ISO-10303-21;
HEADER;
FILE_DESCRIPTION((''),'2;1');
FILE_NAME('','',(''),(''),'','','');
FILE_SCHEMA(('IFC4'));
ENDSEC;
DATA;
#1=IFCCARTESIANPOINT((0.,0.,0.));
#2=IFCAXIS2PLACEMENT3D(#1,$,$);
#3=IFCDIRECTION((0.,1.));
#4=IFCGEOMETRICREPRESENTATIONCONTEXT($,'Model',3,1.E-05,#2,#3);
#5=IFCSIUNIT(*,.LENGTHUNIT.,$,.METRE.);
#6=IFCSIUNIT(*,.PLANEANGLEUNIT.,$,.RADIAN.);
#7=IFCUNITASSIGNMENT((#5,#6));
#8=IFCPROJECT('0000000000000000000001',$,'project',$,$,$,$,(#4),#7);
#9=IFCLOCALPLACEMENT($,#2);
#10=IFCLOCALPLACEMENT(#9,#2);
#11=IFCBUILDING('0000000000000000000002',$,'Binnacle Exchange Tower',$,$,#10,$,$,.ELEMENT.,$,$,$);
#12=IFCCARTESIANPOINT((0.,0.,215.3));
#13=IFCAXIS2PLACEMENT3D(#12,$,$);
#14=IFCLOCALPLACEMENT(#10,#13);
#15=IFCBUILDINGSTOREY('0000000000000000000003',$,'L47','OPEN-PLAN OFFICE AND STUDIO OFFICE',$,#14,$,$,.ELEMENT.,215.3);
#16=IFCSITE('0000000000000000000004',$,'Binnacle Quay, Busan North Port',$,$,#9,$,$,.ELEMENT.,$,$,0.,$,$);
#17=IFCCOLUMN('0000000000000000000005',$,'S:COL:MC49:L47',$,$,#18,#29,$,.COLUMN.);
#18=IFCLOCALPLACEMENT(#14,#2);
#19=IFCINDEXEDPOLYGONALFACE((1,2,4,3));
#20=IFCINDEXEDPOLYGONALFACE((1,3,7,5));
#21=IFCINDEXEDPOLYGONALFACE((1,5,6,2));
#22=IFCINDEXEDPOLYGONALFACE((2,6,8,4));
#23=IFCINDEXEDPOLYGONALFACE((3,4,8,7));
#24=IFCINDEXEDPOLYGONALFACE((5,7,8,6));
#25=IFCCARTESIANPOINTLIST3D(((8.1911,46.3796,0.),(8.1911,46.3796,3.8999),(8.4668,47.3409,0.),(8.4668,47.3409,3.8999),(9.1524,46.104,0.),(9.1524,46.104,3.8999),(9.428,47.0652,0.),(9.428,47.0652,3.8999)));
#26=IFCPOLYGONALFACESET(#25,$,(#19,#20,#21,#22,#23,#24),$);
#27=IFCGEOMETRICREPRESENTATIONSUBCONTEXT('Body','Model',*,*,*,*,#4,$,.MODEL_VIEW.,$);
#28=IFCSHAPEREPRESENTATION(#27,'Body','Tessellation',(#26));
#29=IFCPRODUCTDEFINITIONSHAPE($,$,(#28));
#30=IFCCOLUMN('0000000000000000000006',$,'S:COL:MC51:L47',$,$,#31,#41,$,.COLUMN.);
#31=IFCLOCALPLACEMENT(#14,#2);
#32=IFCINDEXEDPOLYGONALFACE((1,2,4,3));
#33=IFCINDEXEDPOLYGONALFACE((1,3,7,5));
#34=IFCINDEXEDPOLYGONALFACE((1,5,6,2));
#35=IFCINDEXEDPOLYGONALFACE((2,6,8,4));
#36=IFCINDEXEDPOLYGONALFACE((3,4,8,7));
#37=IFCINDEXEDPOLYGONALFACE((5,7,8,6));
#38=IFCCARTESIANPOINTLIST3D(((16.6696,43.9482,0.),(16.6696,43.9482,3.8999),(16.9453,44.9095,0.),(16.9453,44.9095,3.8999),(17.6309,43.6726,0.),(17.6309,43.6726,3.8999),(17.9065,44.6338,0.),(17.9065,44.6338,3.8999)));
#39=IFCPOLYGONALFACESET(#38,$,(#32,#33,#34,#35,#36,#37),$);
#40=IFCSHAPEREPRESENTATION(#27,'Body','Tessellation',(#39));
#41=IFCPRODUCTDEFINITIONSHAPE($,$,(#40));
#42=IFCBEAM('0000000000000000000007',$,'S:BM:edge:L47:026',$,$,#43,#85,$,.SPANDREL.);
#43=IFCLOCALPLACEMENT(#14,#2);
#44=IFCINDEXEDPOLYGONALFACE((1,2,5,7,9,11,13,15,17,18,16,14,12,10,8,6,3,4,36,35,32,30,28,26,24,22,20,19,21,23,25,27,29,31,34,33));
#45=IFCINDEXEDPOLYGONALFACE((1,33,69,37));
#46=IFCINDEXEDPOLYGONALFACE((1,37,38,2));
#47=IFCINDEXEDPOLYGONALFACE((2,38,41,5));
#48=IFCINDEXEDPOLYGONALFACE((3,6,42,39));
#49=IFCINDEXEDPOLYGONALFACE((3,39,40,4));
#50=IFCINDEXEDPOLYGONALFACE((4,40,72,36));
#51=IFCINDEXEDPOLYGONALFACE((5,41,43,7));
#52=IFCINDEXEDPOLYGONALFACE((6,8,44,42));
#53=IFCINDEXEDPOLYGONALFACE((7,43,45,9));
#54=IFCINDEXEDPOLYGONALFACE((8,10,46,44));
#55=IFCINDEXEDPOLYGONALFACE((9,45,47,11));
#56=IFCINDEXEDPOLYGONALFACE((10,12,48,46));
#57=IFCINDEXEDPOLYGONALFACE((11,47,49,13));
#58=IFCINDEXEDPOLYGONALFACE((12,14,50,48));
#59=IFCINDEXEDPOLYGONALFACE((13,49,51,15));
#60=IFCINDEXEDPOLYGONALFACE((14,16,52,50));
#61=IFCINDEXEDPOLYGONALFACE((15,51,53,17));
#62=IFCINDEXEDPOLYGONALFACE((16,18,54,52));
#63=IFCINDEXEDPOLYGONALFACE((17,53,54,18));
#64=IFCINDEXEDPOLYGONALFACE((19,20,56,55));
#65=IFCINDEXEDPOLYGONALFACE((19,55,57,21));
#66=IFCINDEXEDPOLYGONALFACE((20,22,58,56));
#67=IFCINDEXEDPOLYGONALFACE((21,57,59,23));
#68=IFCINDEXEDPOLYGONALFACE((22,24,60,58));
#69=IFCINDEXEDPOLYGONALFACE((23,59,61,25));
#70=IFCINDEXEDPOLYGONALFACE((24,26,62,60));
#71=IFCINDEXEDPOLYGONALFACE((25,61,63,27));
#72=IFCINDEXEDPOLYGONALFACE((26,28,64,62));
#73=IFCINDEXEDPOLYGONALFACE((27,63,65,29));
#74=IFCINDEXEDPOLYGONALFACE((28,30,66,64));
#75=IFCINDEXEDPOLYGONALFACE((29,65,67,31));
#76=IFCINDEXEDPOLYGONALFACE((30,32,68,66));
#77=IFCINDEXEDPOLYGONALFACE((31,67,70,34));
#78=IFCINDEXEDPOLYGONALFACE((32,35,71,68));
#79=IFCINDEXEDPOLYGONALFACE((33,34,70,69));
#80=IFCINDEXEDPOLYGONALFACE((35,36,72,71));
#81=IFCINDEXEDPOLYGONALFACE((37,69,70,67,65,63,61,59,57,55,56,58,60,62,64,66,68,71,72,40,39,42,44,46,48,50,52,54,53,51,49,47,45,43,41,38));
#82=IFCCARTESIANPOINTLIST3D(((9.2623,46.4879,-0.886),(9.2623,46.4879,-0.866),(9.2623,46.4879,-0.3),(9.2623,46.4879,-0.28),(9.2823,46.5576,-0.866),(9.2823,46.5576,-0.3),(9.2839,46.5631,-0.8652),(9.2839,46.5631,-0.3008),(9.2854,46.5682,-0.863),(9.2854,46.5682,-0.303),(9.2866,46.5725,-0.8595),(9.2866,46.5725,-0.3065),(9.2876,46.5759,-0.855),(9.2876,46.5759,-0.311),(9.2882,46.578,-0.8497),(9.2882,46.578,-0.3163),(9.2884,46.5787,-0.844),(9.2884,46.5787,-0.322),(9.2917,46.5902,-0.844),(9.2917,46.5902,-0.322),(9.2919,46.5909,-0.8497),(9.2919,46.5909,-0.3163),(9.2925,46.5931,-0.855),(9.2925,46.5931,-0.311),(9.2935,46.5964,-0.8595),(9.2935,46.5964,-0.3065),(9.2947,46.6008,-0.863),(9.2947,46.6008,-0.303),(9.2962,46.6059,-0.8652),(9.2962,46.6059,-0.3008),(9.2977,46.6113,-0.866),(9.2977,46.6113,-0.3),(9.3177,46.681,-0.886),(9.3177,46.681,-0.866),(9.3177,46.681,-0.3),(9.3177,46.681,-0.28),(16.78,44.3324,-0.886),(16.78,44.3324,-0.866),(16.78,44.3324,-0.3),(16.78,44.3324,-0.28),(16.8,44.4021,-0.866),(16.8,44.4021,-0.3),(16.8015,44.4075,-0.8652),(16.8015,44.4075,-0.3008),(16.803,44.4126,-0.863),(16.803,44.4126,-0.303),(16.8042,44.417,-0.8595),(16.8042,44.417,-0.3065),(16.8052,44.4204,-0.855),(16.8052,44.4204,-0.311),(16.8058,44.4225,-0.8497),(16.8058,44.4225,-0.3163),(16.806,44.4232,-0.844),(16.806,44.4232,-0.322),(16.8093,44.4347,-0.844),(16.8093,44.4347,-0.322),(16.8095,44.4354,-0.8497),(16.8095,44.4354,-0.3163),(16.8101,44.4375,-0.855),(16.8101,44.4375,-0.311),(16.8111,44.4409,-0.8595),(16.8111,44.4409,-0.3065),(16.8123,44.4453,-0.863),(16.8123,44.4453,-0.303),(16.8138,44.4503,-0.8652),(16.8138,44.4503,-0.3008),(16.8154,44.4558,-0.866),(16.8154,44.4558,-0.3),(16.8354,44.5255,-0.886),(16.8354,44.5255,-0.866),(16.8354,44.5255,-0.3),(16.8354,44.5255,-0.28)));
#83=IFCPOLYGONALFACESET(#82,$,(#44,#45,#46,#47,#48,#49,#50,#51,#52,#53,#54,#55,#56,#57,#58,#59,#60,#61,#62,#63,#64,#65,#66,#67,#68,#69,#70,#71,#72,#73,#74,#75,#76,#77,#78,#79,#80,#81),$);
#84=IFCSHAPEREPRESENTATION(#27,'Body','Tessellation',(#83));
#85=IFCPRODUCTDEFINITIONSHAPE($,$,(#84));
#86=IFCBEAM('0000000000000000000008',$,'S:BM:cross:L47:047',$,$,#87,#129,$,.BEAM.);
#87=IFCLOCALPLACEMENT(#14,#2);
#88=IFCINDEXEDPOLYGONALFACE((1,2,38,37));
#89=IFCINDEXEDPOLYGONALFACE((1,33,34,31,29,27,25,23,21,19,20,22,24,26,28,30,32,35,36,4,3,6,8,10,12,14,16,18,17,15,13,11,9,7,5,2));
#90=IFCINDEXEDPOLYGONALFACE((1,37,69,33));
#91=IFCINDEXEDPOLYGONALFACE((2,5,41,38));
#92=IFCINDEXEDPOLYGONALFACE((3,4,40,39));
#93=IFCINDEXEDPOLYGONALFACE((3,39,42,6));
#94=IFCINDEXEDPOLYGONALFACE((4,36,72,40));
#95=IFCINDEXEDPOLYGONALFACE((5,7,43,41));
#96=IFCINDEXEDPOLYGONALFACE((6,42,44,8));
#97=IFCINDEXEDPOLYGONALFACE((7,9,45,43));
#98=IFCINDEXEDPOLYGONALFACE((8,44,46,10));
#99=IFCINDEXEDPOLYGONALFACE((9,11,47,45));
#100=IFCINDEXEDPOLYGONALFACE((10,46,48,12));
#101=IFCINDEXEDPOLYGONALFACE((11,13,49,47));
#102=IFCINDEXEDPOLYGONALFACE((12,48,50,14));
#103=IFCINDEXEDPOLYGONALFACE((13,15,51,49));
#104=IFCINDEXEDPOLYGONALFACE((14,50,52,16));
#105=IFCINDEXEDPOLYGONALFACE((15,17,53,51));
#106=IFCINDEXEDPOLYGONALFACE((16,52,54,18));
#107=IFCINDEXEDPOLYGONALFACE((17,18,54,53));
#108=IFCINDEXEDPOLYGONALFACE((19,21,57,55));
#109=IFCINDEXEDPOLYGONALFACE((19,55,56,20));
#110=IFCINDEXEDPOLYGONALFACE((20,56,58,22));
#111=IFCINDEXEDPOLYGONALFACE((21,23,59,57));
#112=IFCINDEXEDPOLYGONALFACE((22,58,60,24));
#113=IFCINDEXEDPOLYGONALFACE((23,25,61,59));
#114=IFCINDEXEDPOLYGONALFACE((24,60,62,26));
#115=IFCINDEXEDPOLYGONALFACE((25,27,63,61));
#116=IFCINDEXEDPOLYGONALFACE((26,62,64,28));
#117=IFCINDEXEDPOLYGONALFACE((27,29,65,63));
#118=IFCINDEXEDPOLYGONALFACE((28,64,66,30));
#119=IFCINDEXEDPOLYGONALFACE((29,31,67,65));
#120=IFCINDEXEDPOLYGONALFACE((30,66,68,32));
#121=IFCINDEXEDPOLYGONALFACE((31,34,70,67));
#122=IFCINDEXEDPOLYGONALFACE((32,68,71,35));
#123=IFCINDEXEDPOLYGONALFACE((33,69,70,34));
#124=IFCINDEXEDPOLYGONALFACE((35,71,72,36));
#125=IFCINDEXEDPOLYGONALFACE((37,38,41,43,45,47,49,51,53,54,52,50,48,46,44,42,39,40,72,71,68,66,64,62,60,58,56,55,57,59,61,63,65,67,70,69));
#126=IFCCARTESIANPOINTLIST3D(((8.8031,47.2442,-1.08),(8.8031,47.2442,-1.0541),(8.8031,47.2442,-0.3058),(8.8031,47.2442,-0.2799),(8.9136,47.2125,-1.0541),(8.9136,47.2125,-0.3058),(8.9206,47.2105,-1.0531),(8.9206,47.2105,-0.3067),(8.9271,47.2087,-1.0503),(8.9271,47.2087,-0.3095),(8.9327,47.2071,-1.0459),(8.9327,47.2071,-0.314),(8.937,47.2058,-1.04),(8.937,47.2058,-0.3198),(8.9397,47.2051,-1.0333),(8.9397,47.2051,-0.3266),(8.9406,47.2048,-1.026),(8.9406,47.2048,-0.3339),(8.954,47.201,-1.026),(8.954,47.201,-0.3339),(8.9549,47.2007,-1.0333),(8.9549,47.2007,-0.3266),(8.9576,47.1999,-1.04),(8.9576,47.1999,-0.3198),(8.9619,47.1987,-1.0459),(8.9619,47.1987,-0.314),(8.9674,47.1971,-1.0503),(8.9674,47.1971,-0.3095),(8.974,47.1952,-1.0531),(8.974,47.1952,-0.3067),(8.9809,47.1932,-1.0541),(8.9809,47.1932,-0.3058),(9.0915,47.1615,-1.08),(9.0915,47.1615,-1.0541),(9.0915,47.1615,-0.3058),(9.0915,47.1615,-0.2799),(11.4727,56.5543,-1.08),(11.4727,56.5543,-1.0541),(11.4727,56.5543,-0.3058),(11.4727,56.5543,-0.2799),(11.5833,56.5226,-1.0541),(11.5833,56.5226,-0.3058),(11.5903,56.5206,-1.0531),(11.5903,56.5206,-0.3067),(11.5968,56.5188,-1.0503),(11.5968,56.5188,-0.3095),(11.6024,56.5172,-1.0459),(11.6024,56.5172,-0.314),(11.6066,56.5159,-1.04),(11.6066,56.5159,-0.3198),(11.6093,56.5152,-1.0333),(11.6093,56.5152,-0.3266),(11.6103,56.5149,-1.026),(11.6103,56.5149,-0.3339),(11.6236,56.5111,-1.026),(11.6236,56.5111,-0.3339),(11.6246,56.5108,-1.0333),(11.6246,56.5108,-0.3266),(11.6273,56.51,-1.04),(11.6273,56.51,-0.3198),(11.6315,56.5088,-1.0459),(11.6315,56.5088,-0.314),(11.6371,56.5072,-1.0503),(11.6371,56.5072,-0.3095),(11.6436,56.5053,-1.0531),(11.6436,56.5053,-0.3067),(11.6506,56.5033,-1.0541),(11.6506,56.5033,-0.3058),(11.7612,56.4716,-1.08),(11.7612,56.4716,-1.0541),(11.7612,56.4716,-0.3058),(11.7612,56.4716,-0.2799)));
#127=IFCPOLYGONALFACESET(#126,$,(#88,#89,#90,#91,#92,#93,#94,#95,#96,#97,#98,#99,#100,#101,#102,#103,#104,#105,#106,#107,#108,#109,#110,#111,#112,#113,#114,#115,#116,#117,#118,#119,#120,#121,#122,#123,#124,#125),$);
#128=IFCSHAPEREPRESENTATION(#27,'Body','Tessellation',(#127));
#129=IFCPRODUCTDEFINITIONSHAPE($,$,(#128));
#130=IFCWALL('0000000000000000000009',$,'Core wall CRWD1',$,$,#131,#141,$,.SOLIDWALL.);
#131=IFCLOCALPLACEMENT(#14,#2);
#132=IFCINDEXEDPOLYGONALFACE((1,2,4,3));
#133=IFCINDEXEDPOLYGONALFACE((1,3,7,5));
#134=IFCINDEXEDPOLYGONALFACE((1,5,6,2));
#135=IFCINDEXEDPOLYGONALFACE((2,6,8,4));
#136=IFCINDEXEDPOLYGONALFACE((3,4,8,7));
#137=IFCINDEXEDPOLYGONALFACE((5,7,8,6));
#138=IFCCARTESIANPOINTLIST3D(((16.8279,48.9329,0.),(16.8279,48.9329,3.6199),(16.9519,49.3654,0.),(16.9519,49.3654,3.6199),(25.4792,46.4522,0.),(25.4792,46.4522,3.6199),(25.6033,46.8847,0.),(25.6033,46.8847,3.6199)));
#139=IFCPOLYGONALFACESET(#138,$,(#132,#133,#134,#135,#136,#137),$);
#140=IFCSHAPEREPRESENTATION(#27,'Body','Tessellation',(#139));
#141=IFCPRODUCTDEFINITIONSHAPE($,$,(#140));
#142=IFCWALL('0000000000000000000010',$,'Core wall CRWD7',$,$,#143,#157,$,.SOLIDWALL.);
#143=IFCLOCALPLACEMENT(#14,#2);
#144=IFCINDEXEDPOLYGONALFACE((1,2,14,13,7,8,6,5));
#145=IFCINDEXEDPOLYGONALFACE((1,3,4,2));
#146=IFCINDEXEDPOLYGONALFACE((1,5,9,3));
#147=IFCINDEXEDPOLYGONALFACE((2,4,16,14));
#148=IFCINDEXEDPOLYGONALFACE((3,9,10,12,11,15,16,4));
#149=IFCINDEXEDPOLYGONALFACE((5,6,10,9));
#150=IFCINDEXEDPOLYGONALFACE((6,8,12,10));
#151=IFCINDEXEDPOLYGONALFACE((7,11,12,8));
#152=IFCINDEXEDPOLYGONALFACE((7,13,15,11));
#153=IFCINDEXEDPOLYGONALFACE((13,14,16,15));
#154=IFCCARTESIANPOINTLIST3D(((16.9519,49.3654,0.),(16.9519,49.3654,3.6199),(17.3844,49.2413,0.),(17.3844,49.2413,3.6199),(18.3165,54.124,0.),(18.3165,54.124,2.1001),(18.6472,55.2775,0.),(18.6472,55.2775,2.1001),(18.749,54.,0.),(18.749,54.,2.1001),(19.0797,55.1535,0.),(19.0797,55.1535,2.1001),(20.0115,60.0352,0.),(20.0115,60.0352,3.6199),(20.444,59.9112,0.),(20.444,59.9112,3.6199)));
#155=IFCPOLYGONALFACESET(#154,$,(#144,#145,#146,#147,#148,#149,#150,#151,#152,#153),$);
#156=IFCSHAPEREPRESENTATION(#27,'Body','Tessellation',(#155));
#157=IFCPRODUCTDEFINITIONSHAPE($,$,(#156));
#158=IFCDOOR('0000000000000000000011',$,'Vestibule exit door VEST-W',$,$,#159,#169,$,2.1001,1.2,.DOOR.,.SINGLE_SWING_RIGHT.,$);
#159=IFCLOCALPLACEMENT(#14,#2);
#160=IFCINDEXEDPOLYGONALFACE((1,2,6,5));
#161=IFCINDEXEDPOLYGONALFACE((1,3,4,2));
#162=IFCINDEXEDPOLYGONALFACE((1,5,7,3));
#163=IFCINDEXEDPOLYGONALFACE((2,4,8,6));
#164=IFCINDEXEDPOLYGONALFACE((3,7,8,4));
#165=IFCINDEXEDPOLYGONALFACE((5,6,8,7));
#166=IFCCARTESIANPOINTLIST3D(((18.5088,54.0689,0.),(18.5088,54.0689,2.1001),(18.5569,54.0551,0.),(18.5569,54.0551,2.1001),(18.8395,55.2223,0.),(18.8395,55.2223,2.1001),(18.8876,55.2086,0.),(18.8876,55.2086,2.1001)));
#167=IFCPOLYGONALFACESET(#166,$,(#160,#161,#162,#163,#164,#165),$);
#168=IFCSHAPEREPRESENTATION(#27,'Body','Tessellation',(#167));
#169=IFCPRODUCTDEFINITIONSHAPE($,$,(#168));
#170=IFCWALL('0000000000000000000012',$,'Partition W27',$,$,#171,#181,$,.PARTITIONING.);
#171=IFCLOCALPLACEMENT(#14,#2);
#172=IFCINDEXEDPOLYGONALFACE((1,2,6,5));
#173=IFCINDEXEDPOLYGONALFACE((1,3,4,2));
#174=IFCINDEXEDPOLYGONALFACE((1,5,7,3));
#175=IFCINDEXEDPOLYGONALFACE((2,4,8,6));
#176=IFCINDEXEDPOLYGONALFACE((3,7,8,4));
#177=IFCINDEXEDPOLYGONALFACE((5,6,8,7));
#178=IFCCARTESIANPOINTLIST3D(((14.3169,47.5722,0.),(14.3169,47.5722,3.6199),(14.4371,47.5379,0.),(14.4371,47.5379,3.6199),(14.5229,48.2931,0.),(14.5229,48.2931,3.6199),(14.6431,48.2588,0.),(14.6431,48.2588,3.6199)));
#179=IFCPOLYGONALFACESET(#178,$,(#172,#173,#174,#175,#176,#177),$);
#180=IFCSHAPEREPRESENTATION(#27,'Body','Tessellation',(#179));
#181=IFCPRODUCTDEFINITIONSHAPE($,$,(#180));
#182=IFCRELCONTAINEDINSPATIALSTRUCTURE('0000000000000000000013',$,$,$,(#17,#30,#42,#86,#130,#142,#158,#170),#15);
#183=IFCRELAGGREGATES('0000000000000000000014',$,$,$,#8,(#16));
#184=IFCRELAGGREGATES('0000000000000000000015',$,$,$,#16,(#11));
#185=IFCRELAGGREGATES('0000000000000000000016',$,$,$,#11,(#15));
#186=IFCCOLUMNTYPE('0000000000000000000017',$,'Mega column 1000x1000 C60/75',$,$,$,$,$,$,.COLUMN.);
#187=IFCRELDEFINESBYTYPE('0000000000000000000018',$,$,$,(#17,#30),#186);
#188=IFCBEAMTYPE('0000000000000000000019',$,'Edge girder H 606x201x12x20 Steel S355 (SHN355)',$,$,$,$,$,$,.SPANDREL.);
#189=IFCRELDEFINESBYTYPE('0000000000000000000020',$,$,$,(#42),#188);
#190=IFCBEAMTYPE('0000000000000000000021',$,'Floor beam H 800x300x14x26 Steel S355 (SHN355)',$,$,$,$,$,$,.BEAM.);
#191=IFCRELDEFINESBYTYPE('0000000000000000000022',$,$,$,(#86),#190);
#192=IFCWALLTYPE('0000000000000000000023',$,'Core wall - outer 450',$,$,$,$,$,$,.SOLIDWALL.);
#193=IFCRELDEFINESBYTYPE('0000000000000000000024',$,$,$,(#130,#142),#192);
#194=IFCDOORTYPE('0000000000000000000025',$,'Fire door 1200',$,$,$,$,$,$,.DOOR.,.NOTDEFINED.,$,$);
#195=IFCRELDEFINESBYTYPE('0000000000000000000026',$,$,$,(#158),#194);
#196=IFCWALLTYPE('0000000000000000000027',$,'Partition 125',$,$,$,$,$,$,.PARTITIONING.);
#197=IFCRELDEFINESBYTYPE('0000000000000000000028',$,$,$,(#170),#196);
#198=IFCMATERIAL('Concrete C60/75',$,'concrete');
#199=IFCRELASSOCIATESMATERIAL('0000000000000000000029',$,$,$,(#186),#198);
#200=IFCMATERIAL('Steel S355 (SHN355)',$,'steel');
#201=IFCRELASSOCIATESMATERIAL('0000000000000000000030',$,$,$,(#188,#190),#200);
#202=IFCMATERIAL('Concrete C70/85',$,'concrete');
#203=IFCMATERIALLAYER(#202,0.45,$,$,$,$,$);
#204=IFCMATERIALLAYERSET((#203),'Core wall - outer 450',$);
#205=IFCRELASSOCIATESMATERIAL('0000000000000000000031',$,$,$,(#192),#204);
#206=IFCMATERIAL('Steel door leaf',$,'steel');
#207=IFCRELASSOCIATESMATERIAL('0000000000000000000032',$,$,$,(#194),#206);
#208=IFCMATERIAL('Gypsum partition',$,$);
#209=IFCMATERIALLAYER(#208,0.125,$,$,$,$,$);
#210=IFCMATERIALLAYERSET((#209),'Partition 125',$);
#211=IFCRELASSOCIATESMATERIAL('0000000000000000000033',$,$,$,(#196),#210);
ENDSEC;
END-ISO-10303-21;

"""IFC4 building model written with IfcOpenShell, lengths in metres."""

from ifc_helpers import new_model, si_unit, direction, frame, frame_2d, origin, origin_2d, place, context, subcontext, project, spatial, rectangle, i_section, extrude, material, layer, layer_set, material_profile, profile_set, type_object, element, fill, save


model = new_model("IFC4")

# Units and contexts
model_context = context("Model", 3, precision=1e-05, world=origin(), true_north=direction((0.0, 1.0)))
body_context = subcontext(model_context, "Body", "Model", "MODEL_VIEW")
ifc_project = project(units=[si_unit("LENGTHUNIT", "METRE"), si_unit("PLANEANGLEUNIT", "RADIAN")], contexts=[model_context])

# Site, building, storey
site_placement = place(None, origin())
site = spatial("IfcSite", under=ifc_project, at=site_placement, Name="Binnacle Quay, Busan North Port", CompositionType="ELEMENT", RefElevation=0.0)
building_placement = place(site_placement, origin())
building = spatial("IfcBuilding", under=site, at=building_placement, Name="Binnacle Exchange Tower", CompositionType="ELEMENT")
storey_placement = place(building_placement, frame((0.0, 0.0, 215.3)))
storey = spatial("IfcBuildingStorey", under=building, at=storey_placement, Name="L47", Description="OPEN-PLAN OFFICE AND STUDIO OFFICE", CompositionType="ELEMENT", Elevation=215.3)

# Columns
ifc_material_1 = material(Name="Concrete C60/75", Category="concrete")
ifc_material_profile_1 = material_profile(ifc_material_1, rectangle(XDim=1.0, YDim=1.0, at=origin_2d()), Name="Mega column 1000x1000 C60/75")
ifc_profile_set_1 = profile_set([ifc_material_profile_1], Name="Concrete C60/75")
column_type = type_object("IfcColumnType", Name="Mega column 1000x1000 C60/75", PredefinedType="COLUMN", material=ifc_profile_set_1)
for number, where, z_axis, x_axis, name in (
    (1, (8.8096, 46.7224, 0.0), (0.0, 0.0, 1.0), (0.961262, -0.275637, 0.0), "S:COL:MC49:L47"),
    (2, (17.2881, 44.291, 0.0), (0.0, 0.0, 1.0), (0.961262, -0.275637, 0.0), "S:COL:MC51:L47"),
):
    element("IfcColumn", number, at=place(storey_placement, frame(where, z_axis=z_axis, x_axis=x_axis)), inside=storey, type_object=column_type, Name=name, PredefinedType="COLUMN", context=body_context, shape_type="SweptSolid", body=[
        extrude(rectangle(XDim=1.0, YDim=1.0, at=origin_2d()), origin(), (0.0, 0.0, 1.0), 3.8999),
    ])

# Beams
ifc_material_2 = material(Name="Steel S355 (SHN355)", Category="steel")
ifc_material_profile_2 = material_profile(ifc_material_2, i_section(OverallWidth=0.2009, OverallDepth=0.606, WebThickness=0.012, FlangeThickness=0.02, FilletRadius=0.022, at=origin_2d()), Name="H 606x201x12x20")
ifc_profile_set_2 = profile_set([ifc_material_profile_2], Name="Steel S355 (SHN355)")
beam_type_1 = type_object("IfcBeamType", Name="Edge girder H 606x201x12x20 Steel S355 (SHN355)", PredefinedType="SPANDREL", material=ifc_profile_set_2)
beam_1_placement = place(storey_placement, frame((9.29, 46.5845, -0.583), z_axis=(0.961266, -0.275624, 0.0), x_axis=(0.275624, 0.961266, 0.0)))
element("IfcBeam", 3, at=beam_1_placement, inside=storey, type_object=beam_type_1, Name="S:BM:edge:L47:026", PredefinedType="SPANDREL", context=body_context, shape_type="SweptSolid", body=[
    extrude(i_section(OverallWidth=0.2009, OverallDepth=0.606, WebThickness=0.012, FlangeThickness=0.02, FilletRadius=0.022, at=origin_2d()), origin(), (0.0, 0.0, 1.0), 7.8206),
])
ifc_material_profile_3 = material_profile(ifc_material_2, i_section(OverallWidth=0.3, OverallDepth=0.8, WebThickness=0.0139, FlangeThickness=0.0259, FilletRadius=0.0281, at=origin_2d()), Name="H 800x300x14x26")
ifc_profile_set_3 = profile_set([ifc_material_profile_3], Name="Steel S355 (SHN355)")
beam_type_2 = type_object("IfcBeamType", Name="Floor beam H 800x300x14x26 Steel S355 (SHN355)", PredefinedType="BEAM", material=ifc_profile_set_3)
beam_2_placement = place(storey_placement, frame((8.9473, 47.2029, -0.6799), z_axis=(0.275643, 0.96126, 0.0), x_axis=(-0.96126, 0.275643, 0.0)))
element("IfcBeam", 4, at=beam_2_placement, inside=storey, type_object=beam_type_2, Name="S:BM:cross:L47:047", PredefinedType="BEAM", context=body_context, shape_type="SweptSolid", body=[
    extrude(i_section(OverallWidth=0.3, OverallDepth=0.8, WebThickness=0.0139, FlangeThickness=0.0259, FilletRadius=0.0281, at=origin_2d()), origin(), (0.0, 0.0, 1.0), 9.6853),
])

# Wall
ifc_material_3 = material(Name="Concrete C70/85", Category="concrete")
ifc_layer_1 = layer(ifc_material_3, 0.45)
ifc_layer_set_1 = layer_set([ifc_layer_1], Name="Core wall - outer 450")
wall_type_1 = type_object("IfcWallType", Name="Core wall - outer 450", PredefinedType="SOLIDWALL", material=ifc_layer_set_1)
wall_1_placement = place(storey_placement, frame((16.8899, 49.1492, 0.0), z_axis=(0.0, 0.0, 1.0), x_axis=(0.961262, -0.275635, 0.0)))
element("IfcWall", 5, at=wall_1_placement, inside=storey, type_object=wall_type_1, Name="Core wall CRWD1", PredefinedType="SOLIDWALL", context=body_context, shape_type="SweptSolid", body=[
    extrude(rectangle(XDim=9.0, YDim=0.45, at=frame_2d((4.5, 0.0))), origin(), (0.0, 0.0, 1.0), 3.6199),
])

# Wall, opening, door
wall_2_placement = place(storey_placement, frame((17.1682, 49.3035, 0.0), z_axis=(0.0, 0.0, 1.0), x_axis=(0.275639, 0.961261, 0.0)))
wall_2 = element("IfcWall", 6, at=wall_2_placement, inside=storey, type_object=wall_type_1, Name="Core wall CRWD7", PredefinedType="SOLIDWALL", context=body_context, shape_type="SweptSolid", body=[
    extrude(rectangle(XDim=11.0999, YDim=0.45, at=frame_2d((5.5498, 0.0))), origin(), (0.0, 0.0, 1.0), 3.6199),
])
opening_1_placement = place(wall_2_placement, frame((4.9502, 0.0, 0.0)))
opening_1 = element("IfcOpeningElement", 7, at=opening_1_placement, cuts=wall_2, PredefinedType="OPENING", context=body_context, shape_type="SweptSolid", body=[
    extrude(rectangle(XDim=1.2, YDim=2.1001, at=frame_2d((0.6001, 1.05))), frame((0.0, 0.2349, 0.0), z_axis=(0.0, -1.0, 0.0), x_axis=(1.0, 0.0, 0.0)), (0.0, 0.0, 1.0), 0.47),
])
ifc_material_4 = material(Name="Steel door leaf", Category="steel")
door_type_1 = type_object("IfcDoorType", Name="Fire door 1200", OperationType="NOTDEFINED", PredefinedType="DOOR", material=ifc_material_4)
door_1_placement = place(opening_1_placement, origin())
door_1 = element("IfcDoor", 8, at=door_1_placement, inside=storey, type_object=door_type_1, Name="Vestibule exit door VEST-W", OperationType="SINGLE_SWING_RIGHT", OverallHeight=2.1001, OverallWidth=1.2, PredefinedType="DOOR", context=body_context, shape_type="SweptSolid", body=[
    extrude(rectangle(XDim=1.2, YDim=2.1001, at=frame_2d((0.6001, 1.05))), frame((0.0, 0.0249, 0.0), z_axis=(0.0, -1.0, 0.0), x_axis=(1.0, 0.0, 0.0)), (0.0, 0.0, 1.0), 0.05),
])
fill(opening_1, door_1)

# Wall
ifc_material_5 = material(Name="Gypsum partition")
ifc_layer_2 = layer(ifc_material_5, 0.125)
ifc_layer_set_2 = layer_set([ifc_layer_2], Name="Partition 125")
wall_type_2 = type_object("IfcWallType", Name="Partition 125", PredefinedType="PARTITIONING", material=ifc_layer_set_2)
wall_3_placement = place(storey_placement, frame((14.377, 47.5549, 0.0), z_axis=(0.0, 0.0, 1.0), x_axis=(0.274807, 0.961499, 0.0)))
element("IfcWall", 9, at=wall_3_placement, inside=storey, type_object=wall_type_2, Name="Partition W27", PredefinedType="PARTITIONING", context=body_context, shape_type="SweptSolid", body=[
    extrude(rectangle(XDim=0.7498, YDim=0.125, at=frame_2d((0.375, 0.0))), origin(), (0.0, 0.0, 1.0), 3.6199),
])

save(model, "model.ifc")
